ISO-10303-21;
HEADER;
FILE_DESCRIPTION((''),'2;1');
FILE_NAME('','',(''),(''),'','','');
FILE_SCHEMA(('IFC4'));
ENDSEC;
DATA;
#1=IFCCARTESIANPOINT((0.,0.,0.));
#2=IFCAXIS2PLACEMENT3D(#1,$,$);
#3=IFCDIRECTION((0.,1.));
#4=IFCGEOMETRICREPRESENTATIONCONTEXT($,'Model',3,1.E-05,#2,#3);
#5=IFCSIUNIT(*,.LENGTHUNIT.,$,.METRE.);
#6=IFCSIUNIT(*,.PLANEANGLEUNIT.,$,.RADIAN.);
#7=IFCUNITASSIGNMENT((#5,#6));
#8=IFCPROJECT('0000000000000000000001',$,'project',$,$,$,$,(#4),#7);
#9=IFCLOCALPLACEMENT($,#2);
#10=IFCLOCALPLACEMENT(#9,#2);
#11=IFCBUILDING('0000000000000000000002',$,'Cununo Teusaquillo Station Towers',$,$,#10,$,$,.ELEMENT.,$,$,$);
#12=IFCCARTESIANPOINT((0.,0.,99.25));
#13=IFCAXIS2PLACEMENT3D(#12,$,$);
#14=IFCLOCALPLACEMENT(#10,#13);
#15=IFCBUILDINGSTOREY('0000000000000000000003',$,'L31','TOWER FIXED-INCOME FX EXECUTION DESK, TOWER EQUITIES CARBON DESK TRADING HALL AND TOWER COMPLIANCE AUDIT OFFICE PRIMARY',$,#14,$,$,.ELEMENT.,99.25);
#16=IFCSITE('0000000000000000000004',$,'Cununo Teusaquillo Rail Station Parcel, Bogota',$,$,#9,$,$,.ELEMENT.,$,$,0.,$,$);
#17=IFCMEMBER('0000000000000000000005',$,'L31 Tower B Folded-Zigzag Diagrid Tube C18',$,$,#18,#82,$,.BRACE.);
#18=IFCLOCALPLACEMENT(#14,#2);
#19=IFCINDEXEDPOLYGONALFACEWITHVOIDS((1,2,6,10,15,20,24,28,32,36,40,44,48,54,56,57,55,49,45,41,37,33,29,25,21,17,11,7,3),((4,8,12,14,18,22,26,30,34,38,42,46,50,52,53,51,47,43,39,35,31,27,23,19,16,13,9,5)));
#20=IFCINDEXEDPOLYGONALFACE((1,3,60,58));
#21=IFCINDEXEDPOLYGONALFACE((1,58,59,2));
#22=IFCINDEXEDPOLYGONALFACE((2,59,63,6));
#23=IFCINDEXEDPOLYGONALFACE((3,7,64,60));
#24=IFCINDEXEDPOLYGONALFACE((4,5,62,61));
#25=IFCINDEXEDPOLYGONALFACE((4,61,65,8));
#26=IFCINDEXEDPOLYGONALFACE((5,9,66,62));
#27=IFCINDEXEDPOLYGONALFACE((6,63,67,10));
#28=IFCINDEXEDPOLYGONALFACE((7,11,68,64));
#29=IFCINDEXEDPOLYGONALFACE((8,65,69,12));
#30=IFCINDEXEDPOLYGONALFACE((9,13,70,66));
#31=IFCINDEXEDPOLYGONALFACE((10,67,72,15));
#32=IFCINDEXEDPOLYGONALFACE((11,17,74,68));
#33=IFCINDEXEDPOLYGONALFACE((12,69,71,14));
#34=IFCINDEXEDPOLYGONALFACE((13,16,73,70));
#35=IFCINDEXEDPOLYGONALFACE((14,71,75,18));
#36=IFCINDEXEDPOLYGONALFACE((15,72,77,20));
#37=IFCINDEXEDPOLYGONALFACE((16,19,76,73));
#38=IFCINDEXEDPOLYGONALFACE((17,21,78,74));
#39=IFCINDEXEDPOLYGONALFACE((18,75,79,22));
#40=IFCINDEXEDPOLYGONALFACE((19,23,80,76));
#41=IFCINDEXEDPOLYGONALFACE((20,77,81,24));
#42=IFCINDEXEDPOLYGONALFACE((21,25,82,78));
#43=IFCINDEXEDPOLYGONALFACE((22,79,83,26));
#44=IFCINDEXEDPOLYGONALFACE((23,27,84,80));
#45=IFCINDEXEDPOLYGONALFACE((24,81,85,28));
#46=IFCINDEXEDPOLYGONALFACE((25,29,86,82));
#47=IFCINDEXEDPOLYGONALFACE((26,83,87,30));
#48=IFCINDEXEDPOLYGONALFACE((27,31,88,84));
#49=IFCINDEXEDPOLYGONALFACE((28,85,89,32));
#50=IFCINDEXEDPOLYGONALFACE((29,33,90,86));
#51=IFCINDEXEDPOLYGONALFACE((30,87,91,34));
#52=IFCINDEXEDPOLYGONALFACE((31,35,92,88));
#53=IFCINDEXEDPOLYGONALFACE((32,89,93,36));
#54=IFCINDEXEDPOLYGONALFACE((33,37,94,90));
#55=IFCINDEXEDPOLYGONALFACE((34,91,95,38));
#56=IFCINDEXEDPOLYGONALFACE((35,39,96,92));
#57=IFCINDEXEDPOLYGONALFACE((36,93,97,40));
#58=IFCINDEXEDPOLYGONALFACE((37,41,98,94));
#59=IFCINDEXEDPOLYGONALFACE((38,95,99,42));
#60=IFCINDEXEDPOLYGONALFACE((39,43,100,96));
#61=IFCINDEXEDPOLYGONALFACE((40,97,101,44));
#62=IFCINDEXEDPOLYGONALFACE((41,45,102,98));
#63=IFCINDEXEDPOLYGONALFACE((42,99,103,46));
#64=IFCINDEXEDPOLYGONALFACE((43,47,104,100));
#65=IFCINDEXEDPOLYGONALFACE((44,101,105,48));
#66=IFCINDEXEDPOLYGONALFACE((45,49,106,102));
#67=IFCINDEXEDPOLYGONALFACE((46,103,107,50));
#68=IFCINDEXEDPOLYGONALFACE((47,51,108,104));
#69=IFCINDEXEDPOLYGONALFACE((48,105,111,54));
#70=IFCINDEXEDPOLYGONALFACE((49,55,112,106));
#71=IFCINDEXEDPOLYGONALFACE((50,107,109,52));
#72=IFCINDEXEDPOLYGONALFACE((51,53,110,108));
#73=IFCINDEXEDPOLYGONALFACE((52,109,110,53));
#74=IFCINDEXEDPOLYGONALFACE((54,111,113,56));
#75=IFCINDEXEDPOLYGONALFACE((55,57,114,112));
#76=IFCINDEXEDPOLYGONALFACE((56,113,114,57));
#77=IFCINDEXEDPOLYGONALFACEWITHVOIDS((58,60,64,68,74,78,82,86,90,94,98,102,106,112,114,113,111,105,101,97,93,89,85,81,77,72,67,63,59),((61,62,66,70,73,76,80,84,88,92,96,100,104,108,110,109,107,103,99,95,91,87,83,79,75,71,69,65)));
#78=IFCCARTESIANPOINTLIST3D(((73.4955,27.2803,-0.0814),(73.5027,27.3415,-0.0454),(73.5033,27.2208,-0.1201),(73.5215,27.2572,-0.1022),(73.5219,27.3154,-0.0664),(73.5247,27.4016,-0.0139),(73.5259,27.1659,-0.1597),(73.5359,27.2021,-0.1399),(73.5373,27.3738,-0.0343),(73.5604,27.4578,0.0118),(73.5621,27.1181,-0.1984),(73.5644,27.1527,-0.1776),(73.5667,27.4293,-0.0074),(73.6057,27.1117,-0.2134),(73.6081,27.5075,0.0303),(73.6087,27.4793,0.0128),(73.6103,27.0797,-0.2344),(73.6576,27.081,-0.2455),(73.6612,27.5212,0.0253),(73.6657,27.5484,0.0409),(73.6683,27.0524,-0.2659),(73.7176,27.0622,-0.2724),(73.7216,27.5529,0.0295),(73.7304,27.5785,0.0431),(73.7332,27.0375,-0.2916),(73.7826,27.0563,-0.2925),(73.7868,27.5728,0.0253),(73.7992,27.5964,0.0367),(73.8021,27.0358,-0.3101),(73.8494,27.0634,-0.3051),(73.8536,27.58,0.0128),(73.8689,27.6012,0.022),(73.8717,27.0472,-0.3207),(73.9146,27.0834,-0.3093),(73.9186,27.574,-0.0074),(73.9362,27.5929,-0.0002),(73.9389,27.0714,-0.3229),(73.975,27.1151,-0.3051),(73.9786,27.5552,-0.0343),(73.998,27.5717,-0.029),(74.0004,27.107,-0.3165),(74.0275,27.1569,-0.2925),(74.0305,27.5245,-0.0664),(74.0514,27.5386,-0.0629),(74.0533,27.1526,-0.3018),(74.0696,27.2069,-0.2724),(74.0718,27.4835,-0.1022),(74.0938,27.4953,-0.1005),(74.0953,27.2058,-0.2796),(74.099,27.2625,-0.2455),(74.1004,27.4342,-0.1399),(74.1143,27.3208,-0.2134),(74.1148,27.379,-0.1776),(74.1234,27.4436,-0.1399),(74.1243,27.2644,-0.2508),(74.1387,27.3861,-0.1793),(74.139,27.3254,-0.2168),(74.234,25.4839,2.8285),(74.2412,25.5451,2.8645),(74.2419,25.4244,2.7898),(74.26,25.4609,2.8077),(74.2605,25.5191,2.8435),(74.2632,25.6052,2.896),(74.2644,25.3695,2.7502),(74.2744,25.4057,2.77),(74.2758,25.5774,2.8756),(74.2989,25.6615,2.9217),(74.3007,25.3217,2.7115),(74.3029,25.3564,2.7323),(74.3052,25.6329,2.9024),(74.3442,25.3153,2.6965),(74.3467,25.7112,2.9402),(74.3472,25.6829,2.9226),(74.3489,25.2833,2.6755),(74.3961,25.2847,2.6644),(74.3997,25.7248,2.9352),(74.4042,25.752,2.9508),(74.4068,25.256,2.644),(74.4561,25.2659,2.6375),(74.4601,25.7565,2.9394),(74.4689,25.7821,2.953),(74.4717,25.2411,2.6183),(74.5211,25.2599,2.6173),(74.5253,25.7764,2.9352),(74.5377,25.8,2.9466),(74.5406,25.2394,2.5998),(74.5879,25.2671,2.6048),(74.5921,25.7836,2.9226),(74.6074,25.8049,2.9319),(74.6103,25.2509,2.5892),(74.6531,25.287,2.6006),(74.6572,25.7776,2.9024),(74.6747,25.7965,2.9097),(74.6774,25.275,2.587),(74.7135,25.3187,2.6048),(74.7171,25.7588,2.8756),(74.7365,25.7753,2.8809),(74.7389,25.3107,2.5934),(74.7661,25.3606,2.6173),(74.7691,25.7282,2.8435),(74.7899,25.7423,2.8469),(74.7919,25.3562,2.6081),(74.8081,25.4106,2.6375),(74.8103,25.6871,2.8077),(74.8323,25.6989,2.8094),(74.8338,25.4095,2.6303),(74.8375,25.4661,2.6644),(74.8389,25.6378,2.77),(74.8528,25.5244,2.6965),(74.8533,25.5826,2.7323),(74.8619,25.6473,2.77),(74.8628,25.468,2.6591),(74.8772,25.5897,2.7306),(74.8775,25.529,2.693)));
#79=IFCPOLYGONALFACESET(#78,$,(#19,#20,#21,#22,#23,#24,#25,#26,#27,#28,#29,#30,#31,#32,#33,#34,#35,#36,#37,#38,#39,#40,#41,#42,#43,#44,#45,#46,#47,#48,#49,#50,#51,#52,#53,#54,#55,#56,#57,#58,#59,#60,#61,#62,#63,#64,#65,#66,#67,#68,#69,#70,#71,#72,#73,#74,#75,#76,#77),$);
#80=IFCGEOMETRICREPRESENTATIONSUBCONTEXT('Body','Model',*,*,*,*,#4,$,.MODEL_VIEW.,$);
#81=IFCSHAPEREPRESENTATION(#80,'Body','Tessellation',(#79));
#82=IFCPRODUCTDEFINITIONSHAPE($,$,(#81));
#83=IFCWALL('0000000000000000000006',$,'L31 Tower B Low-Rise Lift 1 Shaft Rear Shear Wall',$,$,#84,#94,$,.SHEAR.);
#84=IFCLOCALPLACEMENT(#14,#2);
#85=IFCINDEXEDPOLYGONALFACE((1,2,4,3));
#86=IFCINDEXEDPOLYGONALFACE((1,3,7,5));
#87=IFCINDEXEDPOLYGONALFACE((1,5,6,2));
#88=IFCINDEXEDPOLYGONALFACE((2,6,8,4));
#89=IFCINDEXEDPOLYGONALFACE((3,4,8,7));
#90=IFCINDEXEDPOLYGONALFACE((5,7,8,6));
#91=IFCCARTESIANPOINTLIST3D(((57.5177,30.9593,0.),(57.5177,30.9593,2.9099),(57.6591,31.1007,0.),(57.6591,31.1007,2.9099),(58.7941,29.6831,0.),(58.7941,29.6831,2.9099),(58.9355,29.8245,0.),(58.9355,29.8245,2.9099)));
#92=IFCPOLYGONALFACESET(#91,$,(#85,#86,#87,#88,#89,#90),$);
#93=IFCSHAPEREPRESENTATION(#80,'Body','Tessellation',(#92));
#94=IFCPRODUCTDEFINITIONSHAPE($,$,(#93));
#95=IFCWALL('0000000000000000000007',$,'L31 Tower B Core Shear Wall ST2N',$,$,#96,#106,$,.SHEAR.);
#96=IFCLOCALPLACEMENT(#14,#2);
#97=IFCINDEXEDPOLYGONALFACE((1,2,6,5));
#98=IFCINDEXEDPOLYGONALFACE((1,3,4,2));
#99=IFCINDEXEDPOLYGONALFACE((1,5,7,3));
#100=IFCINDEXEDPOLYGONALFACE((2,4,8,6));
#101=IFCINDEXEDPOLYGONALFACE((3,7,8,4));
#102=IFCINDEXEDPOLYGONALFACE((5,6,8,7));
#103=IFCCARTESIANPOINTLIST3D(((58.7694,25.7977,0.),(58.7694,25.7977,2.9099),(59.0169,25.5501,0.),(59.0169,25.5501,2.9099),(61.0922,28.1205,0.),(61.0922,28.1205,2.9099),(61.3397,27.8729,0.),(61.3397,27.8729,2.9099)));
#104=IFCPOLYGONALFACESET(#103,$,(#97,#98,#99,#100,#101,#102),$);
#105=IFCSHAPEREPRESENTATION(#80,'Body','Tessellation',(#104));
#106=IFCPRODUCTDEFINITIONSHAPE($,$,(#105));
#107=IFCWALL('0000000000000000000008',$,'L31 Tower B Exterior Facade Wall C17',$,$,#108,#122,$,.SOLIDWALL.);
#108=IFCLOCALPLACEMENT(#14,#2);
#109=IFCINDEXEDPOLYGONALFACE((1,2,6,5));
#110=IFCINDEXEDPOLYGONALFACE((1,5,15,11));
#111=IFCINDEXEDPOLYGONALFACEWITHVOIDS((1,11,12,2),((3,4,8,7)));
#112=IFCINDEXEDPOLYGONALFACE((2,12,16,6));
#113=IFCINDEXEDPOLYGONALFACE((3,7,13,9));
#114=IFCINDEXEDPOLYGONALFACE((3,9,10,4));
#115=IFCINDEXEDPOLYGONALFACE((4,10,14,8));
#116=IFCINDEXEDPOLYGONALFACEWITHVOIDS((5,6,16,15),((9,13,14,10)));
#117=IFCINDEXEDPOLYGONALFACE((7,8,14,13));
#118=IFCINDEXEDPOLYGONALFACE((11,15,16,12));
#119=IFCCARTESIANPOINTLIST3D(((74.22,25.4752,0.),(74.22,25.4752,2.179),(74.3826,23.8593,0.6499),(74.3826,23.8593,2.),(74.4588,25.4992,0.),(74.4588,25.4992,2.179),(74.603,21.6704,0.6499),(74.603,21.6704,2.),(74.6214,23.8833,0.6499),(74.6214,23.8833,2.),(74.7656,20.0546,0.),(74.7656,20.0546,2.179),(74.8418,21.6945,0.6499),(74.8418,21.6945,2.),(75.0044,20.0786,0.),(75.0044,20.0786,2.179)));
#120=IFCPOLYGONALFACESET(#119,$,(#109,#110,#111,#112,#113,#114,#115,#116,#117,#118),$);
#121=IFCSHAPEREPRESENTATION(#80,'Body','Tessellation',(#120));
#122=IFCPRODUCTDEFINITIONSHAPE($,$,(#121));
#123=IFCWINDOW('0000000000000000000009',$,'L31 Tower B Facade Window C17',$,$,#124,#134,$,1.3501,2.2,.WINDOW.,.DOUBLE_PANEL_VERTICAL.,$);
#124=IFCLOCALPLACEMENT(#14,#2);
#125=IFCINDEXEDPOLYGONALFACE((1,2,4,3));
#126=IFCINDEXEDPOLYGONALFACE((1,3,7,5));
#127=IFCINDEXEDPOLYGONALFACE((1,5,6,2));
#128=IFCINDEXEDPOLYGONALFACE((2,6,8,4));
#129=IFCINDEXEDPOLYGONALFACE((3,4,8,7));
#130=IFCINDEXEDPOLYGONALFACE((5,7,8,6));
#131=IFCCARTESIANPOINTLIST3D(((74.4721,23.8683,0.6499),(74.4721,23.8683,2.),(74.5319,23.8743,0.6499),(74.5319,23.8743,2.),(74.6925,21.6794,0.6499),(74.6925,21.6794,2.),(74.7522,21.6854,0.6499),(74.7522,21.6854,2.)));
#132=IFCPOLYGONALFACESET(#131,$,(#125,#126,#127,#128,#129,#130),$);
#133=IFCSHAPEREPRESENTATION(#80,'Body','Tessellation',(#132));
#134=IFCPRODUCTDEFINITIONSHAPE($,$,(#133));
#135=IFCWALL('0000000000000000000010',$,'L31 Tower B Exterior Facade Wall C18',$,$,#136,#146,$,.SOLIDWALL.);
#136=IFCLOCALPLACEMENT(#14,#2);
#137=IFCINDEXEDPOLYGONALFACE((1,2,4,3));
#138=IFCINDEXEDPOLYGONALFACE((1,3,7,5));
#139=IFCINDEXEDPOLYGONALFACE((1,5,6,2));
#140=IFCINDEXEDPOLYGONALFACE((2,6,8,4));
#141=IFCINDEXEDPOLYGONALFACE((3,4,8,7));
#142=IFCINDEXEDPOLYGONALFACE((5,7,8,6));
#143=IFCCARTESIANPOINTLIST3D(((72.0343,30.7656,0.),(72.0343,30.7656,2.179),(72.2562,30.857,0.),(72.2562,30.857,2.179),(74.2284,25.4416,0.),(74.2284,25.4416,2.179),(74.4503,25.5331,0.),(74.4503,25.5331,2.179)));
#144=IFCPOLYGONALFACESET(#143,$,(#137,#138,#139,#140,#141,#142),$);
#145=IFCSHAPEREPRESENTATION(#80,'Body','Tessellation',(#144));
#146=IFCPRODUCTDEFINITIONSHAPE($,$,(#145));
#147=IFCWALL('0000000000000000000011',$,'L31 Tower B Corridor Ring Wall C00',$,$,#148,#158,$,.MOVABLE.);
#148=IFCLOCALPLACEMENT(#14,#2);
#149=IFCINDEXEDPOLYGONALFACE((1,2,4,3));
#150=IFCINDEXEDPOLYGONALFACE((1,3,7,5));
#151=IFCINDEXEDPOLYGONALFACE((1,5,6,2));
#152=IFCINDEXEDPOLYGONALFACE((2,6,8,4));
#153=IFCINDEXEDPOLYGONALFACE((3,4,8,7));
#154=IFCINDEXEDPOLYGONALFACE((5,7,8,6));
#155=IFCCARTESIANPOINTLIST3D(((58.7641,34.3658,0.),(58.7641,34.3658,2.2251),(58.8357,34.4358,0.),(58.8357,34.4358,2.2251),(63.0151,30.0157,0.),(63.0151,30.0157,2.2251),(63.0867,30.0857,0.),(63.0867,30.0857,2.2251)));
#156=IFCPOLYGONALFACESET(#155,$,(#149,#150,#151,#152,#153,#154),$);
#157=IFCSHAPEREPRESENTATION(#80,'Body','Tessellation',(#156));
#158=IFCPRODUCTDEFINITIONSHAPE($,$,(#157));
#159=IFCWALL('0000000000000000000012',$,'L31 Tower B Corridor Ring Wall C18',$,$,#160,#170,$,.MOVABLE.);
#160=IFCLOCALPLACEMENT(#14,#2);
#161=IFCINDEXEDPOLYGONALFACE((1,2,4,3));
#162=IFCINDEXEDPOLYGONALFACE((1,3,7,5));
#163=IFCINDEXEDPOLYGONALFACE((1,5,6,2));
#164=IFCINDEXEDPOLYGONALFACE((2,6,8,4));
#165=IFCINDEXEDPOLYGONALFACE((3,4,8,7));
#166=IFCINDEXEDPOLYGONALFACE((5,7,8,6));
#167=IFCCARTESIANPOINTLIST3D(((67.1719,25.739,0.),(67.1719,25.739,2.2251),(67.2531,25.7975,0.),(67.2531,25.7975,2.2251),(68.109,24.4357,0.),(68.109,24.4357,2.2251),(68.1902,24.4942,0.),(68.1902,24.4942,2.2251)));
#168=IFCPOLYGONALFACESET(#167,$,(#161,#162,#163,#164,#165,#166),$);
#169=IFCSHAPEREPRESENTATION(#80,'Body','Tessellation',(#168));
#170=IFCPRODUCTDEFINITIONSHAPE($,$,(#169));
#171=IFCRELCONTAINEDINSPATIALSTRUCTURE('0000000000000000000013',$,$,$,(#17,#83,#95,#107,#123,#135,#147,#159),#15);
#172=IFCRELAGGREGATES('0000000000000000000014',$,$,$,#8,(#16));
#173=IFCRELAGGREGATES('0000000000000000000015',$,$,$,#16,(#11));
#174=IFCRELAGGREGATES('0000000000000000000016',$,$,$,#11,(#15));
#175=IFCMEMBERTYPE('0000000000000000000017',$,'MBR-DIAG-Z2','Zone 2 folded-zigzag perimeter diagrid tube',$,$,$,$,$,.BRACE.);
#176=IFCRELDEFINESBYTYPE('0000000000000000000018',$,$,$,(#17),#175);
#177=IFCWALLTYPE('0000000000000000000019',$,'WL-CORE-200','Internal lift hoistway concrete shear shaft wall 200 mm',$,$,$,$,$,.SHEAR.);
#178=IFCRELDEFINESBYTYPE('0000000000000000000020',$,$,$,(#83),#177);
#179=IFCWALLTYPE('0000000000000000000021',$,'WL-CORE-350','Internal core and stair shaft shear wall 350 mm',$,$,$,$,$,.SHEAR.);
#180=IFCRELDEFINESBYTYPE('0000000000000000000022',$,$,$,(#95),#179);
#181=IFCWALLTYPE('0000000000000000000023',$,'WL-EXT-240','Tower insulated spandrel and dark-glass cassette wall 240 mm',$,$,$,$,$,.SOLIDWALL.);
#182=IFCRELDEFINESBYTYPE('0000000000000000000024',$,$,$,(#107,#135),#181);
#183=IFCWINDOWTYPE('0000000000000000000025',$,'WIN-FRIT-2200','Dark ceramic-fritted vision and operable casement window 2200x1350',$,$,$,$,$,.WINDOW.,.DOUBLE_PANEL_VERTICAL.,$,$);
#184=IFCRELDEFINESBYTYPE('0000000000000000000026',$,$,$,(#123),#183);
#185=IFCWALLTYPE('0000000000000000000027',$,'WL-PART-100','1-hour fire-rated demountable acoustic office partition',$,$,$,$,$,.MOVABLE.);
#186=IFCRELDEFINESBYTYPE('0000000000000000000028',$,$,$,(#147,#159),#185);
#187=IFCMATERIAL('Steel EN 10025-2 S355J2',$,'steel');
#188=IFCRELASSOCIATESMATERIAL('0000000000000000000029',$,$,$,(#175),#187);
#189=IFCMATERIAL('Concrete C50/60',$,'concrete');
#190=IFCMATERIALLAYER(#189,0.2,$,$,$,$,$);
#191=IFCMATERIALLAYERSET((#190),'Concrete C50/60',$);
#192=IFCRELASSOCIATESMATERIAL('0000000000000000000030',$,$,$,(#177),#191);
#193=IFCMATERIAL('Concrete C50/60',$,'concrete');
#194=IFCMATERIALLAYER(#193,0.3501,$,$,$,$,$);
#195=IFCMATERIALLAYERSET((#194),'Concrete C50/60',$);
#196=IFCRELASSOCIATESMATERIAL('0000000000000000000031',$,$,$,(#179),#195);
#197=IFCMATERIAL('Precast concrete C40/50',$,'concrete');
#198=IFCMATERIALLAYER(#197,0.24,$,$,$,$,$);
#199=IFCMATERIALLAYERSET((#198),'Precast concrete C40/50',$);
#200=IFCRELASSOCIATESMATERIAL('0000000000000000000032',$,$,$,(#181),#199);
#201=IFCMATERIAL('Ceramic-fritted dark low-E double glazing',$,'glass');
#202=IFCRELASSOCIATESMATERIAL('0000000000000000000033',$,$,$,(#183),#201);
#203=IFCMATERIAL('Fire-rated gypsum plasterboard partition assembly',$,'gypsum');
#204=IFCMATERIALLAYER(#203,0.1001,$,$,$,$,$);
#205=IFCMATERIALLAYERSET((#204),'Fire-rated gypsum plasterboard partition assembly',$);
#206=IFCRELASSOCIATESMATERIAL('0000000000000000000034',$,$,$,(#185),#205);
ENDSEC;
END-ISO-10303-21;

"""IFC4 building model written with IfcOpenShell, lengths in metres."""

from ifc_helpers import new_model, si_unit, direction, frame, frame_2d, origin, origin_2d, place, context, subcontext, project, spatial, rectangle, hollow_circle, extrude, source, transform, mapped, material, layer, layer_set, material_profile, profile_set, type_object, element, fill, save


model = new_model("IFC4")

# Units and contexts
model_context = context("Model", 3, precision=1e-05, world=origin(), true_north=direction((0.0, 1.0)))
body_context = subcontext(model_context, "Body", "Model", "MODEL_VIEW")
ifc_project = project(units=[si_unit("LENGTHUNIT", "METRE"), si_unit("PLANEANGLEUNIT", "RADIAN")], contexts=[model_context])

# Site, building, storey
site_placement = place(None, origin())
site = spatial("IfcSite", under=ifc_project, at=site_placement, Name="Cununo Teusaquillo Rail Station Parcel, Bogota", CompositionType="ELEMENT", RefElevation=0.0)
building_placement = place(site_placement, origin())
building = spatial("IfcBuilding", under=site, at=building_placement, Name="Cununo Teusaquillo Station Towers", CompositionType="ELEMENT")
storey_placement = place(building_placement, frame((0.0, 0.0, 99.25)))
storey = spatial("IfcBuildingStorey", under=building, at=storey_placement, Name="L31", Description="TOWER FIXED-INCOME FX EXECUTION DESK, TOWER EQUITIES CARBON DESK TRADING HALL AND TOWER COMPLIANCE AUDIT OFFICE PRIMARY", CompositionType="ELEMENT", Elevation=99.25)

# Member
ifc_material_1 = material(Name="Steel EN 10025-2 S355J2", Category="steel")
ifc_material_profile_1 = material_profile(ifc_material_1, hollow_circle(Radius=0.3301, WallThickness=0.0249, at=origin_2d()), Name="CHS 660x25")
ifc_profile_set_1 = profile_set([ifc_material_profile_1], Name="Steel EN 10025-2 S355J2")
member_type = type_object("IfcMemberType", Name="MBR-DIAG-Z2", Description="Zone 2 folded-zigzag perimeter diagrid tube", PredefinedType="BRACE", material=ifc_profile_set_1)
member_placement = place(storey_placement, frame((73.8181, 27.3181, -0.1399), z_axis=(0.211093, -0.513463, 0.831743), x_axis=(0.924889, 0.380238, 0.0)))
element("IfcMember", 1, at=member_placement, inside=storey, type_object=member_type, Name="L31 Tower B Folded-Zigzag Diagrid Tube C18", PredefinedType="BRACE", context=body_context, shape_type="SweptSolid", body=[
    extrude(hollow_circle(Radius=0.3301, WallThickness=0.0249, at=origin_2d()), origin(), (0.0, 0.0, 1.0), 3.4985),
])

# Walls
ifc_material_2 = material(Name="Concrete C50/60", Category="concrete")
ifc_layer_1 = layer(ifc_material_2, 0.2)
ifc_layer_set_1 = layer_set([ifc_layer_1], Name="Concrete C50/60")
wall_type_1 = type_object("IfcWallType", Name="WL-CORE-200", Description="Internal lift hoistway concrete shear shaft wall 200 mm", PredefinedType="SHEAR", material=ifc_layer_set_1)
wall_1_placement = place(storey_placement, frame((58.8647, 29.7539, 0.0), z_axis=(0.0, 0.0, 1.0), x_axis=(-0.707174, 0.707039, 0.0)))
element("IfcWall", 2, at=wall_1_placement, inside=storey, type_object=wall_type_1, Name="L31 Tower B Low-Rise Lift 1 Shaft Rear Shear Wall", PredefinedType="SHEAR", context=body_context, shape_type="SweptSolid", body=[
    extrude(rectangle(XDim=1.8049, YDim=0.2, at=frame_2d((0.9023, 0.0))), origin(), (0.0, 0.0, 1.0), 2.9099),
])
ifc_material_3 = material(Name="Concrete C50/60", Category="concrete")
ifc_layer_2 = layer(ifc_material_3, 0.3501)
ifc_layer_set_2 = layer_set([ifc_layer_2], Name="Concrete C50/60")
wall_type_2 = type_object("IfcWallType", Name="WL-CORE-350", Description="Internal core and stair shaft shear wall 350 mm", PredefinedType="SHEAR", material=ifc_layer_set_2)
wall_2_placement = place(storey_placement, frame((58.8931, 25.6738, 0.0), z_axis=(0.0, 0.0, 1.0), x_axis=(0.707107, 0.707107, 0.0)))
element("IfcWall", 3, at=wall_2_placement, inside=storey, type_object=wall_type_2, Name="L31 Tower B Core Shear Wall ST2N", PredefinedType="SHEAR", context=body_context, shape_type="SweptSolid", body=[
    extrude(rectangle(XDim=3.2849, YDim=0.3501, at=frame_2d((1.6426, 0.0))), origin(), (0.0, 0.0, 1.0), 2.9099),
])

# Wall, opening, window
ifc_material_4 = material(Name="Precast concrete C40/50", Category="concrete")
ifc_layer_3 = layer(ifc_material_4, 0.24)
ifc_layer_set_3 = layer_set([ifc_layer_3], Name="Precast concrete C40/50")
wall_type_3 = type_object("IfcWallType", Name="WL-EXT-240", Description="Tower insulated spandrel and dark-glass cassette wall 240 mm", PredefinedType="SOLIDWALL", material=ifc_layer_set_3)
wall_3_placement = place(storey_placement, frame((74.3394, 25.4873, 0.0), z_axis=(0.0, 0.0, 1.0), x_axis=(0.100156, -0.994972, 0.0)))
wall_3 = element("IfcWall", 4, at=wall_3_placement, inside=storey, type_object=wall_type_3, Name="L31 Tower B Exterior Facade Wall C17", PredefinedType="SOLIDWALL", context=body_context, shape_type="SweptSolid", body=[
    extrude(rectangle(XDim=5.448, YDim=0.24, at=frame_2d((2.7241, 0.0))), origin(), (0.0, 0.0, 1.0), 2.179),
])
shared_shape_1 = source(origin(), body_context, "Body", "SweptSolid", [
    extrude(rectangle(XDim=2.2, YDim=1.3501, at=frame_2d((1.1001, 0.675))), frame((0.0, 0.1299, 0.0), z_axis=(0.0, -1.0, 0.0), x_axis=(1.0, 0.0, 0.0)), (0.0, 0.0, 1.0), 0.26),
])
opening_1_placement = place(wall_3_placement, frame((1.624, 0.0, 0.6499)))
opening_1 = element("IfcOpeningElement", 5, at=opening_1_placement, cuts=wall_3, PredefinedType="OPENING", context=body_context, shape_type="MappedRepresentation", body=[
    mapped(shared_shape_1, transform((0.0, 0.0, 0.0), x_axis=(1.0, 0.0, 0.0), y_axis=(0.0, 1.0, 0.0), z_axis=(0.0, 0.0, 1.0), scale=1.0)),
])
ifc_material_5 = material(Name="Ceramic-fritted dark low-E double glazing", Category="glass")
window_type = type_object("IfcWindowType", Name="WIN-FRIT-2200", Description="Dark ceramic-fritted vision and operable casement window 2200x1350", PartitioningType="DOUBLE_PANEL_VERTICAL", PredefinedType="WINDOW", material=ifc_material_5)
shared_shape_2 = source(origin(), body_context, "Body", "SweptSolid", [
    extrude(rectangle(XDim=2.2, YDim=1.3501, at=frame_2d((1.1001, 0.675))), frame((0.0, 0.03, 0.0), z_axis=(0.0, -1.0, 0.0), x_axis=(1.0, 0.0, 0.0)), (0.0, 0.0, 1.0), 0.0601),
])
window_placement = place(opening_1_placement, origin())
window = element("IfcWindow", 6, at=window_placement, inside=storey, type_object=window_type, Name="L31 Tower B Facade Window C17", OverallHeight=1.3501, OverallWidth=2.2, PartitioningType="DOUBLE_PANEL_VERTICAL", PredefinedType="WINDOW", context=body_context, shape_type="MappedRepresentation", body=[
    mapped(shared_shape_2, transform((0.0, 0.0, 0.0), x_axis=(1.0, 0.0, 0.0), y_axis=(0.0, 1.0, 0.0), z_axis=(0.0, 0.0, 1.0), scale=1.0)),
])
fill(opening_1, window)

# Walls
wall_4_placement = place(storey_placement, frame((72.1453, 30.8113, 0.0), z_axis=(0.0, 0.0, 1.0), x_axis=(0.381027, -0.924564, 0.0)))
element("IfcWall", 7, at=wall_4_placement, inside=storey, type_object=wall_type_3, Name="L31 Tower B Exterior Facade Wall C18", PredefinedType="SOLIDWALL", context=body_context, shape_type="SweptSolid", body=[
    extrude(rectangle(XDim=5.7583, YDim=0.24, at=frame_2d((2.8792, 0.0))), origin(), (0.0, 0.0, 1.0), 2.179),
])
ifc_material_6 = material(Name="Fire-rated gypsum plasterboard partition assembly", Category="gypsum")
ifc_layer_4 = layer(ifc_material_6, 0.1001)
ifc_layer_set_4 = layer_set([ifc_layer_4], Name="Fire-rated gypsum plasterboard partition assembly")
wall_type_4 = type_object("IfcWallType", Name="WL-PART-100", Description="1-hour fire-rated demountable acoustic office partition", PredefinedType="MOVABLE", material=ifc_layer_set_4)
wall_5_placement = place(storey_placement, frame((63.0508, 30.0508, 0.0), z_axis=(0.0, 0.0, 1.0), x_axis=(-0.698911, 0.715208, 0.0)))
element("IfcWall", 8, at=wall_5_placement, inside=storey, type_object=wall_type_4, Name="L31 Tower B Corridor Ring Wall C00", PredefinedType="MOVABLE", context=body_context, shape_type="SweptSolid", body=[
    extrude(rectangle(XDim=6.0823, YDim=0.1001, at=frame_2d((3.041, 0.0))), origin(), (0.0, 0.0, 1.0), 2.2251),
])
wall_6_placement = place(storey_placement, frame((68.1497, 24.4648, 0.0), z_axis=(0.0, 0.0, 1.0), x_axis=(-0.583768, 0.811921, 0.0)))
element("IfcWall", 9, at=wall_6_placement, inside=storey, type_object=wall_type_4, Name="L31 Tower B Corridor Ring Wall C18", PredefinedType="MOVABLE", context=body_context, shape_type="SweptSolid", body=[
    extrude(rectangle(XDim=1.6052, YDim=0.1001, at=frame_2d((0.8027, 0.0))), origin(), (0.0, 0.0, 1.0), 2.2251),
])

save(model, "model.ifc")
